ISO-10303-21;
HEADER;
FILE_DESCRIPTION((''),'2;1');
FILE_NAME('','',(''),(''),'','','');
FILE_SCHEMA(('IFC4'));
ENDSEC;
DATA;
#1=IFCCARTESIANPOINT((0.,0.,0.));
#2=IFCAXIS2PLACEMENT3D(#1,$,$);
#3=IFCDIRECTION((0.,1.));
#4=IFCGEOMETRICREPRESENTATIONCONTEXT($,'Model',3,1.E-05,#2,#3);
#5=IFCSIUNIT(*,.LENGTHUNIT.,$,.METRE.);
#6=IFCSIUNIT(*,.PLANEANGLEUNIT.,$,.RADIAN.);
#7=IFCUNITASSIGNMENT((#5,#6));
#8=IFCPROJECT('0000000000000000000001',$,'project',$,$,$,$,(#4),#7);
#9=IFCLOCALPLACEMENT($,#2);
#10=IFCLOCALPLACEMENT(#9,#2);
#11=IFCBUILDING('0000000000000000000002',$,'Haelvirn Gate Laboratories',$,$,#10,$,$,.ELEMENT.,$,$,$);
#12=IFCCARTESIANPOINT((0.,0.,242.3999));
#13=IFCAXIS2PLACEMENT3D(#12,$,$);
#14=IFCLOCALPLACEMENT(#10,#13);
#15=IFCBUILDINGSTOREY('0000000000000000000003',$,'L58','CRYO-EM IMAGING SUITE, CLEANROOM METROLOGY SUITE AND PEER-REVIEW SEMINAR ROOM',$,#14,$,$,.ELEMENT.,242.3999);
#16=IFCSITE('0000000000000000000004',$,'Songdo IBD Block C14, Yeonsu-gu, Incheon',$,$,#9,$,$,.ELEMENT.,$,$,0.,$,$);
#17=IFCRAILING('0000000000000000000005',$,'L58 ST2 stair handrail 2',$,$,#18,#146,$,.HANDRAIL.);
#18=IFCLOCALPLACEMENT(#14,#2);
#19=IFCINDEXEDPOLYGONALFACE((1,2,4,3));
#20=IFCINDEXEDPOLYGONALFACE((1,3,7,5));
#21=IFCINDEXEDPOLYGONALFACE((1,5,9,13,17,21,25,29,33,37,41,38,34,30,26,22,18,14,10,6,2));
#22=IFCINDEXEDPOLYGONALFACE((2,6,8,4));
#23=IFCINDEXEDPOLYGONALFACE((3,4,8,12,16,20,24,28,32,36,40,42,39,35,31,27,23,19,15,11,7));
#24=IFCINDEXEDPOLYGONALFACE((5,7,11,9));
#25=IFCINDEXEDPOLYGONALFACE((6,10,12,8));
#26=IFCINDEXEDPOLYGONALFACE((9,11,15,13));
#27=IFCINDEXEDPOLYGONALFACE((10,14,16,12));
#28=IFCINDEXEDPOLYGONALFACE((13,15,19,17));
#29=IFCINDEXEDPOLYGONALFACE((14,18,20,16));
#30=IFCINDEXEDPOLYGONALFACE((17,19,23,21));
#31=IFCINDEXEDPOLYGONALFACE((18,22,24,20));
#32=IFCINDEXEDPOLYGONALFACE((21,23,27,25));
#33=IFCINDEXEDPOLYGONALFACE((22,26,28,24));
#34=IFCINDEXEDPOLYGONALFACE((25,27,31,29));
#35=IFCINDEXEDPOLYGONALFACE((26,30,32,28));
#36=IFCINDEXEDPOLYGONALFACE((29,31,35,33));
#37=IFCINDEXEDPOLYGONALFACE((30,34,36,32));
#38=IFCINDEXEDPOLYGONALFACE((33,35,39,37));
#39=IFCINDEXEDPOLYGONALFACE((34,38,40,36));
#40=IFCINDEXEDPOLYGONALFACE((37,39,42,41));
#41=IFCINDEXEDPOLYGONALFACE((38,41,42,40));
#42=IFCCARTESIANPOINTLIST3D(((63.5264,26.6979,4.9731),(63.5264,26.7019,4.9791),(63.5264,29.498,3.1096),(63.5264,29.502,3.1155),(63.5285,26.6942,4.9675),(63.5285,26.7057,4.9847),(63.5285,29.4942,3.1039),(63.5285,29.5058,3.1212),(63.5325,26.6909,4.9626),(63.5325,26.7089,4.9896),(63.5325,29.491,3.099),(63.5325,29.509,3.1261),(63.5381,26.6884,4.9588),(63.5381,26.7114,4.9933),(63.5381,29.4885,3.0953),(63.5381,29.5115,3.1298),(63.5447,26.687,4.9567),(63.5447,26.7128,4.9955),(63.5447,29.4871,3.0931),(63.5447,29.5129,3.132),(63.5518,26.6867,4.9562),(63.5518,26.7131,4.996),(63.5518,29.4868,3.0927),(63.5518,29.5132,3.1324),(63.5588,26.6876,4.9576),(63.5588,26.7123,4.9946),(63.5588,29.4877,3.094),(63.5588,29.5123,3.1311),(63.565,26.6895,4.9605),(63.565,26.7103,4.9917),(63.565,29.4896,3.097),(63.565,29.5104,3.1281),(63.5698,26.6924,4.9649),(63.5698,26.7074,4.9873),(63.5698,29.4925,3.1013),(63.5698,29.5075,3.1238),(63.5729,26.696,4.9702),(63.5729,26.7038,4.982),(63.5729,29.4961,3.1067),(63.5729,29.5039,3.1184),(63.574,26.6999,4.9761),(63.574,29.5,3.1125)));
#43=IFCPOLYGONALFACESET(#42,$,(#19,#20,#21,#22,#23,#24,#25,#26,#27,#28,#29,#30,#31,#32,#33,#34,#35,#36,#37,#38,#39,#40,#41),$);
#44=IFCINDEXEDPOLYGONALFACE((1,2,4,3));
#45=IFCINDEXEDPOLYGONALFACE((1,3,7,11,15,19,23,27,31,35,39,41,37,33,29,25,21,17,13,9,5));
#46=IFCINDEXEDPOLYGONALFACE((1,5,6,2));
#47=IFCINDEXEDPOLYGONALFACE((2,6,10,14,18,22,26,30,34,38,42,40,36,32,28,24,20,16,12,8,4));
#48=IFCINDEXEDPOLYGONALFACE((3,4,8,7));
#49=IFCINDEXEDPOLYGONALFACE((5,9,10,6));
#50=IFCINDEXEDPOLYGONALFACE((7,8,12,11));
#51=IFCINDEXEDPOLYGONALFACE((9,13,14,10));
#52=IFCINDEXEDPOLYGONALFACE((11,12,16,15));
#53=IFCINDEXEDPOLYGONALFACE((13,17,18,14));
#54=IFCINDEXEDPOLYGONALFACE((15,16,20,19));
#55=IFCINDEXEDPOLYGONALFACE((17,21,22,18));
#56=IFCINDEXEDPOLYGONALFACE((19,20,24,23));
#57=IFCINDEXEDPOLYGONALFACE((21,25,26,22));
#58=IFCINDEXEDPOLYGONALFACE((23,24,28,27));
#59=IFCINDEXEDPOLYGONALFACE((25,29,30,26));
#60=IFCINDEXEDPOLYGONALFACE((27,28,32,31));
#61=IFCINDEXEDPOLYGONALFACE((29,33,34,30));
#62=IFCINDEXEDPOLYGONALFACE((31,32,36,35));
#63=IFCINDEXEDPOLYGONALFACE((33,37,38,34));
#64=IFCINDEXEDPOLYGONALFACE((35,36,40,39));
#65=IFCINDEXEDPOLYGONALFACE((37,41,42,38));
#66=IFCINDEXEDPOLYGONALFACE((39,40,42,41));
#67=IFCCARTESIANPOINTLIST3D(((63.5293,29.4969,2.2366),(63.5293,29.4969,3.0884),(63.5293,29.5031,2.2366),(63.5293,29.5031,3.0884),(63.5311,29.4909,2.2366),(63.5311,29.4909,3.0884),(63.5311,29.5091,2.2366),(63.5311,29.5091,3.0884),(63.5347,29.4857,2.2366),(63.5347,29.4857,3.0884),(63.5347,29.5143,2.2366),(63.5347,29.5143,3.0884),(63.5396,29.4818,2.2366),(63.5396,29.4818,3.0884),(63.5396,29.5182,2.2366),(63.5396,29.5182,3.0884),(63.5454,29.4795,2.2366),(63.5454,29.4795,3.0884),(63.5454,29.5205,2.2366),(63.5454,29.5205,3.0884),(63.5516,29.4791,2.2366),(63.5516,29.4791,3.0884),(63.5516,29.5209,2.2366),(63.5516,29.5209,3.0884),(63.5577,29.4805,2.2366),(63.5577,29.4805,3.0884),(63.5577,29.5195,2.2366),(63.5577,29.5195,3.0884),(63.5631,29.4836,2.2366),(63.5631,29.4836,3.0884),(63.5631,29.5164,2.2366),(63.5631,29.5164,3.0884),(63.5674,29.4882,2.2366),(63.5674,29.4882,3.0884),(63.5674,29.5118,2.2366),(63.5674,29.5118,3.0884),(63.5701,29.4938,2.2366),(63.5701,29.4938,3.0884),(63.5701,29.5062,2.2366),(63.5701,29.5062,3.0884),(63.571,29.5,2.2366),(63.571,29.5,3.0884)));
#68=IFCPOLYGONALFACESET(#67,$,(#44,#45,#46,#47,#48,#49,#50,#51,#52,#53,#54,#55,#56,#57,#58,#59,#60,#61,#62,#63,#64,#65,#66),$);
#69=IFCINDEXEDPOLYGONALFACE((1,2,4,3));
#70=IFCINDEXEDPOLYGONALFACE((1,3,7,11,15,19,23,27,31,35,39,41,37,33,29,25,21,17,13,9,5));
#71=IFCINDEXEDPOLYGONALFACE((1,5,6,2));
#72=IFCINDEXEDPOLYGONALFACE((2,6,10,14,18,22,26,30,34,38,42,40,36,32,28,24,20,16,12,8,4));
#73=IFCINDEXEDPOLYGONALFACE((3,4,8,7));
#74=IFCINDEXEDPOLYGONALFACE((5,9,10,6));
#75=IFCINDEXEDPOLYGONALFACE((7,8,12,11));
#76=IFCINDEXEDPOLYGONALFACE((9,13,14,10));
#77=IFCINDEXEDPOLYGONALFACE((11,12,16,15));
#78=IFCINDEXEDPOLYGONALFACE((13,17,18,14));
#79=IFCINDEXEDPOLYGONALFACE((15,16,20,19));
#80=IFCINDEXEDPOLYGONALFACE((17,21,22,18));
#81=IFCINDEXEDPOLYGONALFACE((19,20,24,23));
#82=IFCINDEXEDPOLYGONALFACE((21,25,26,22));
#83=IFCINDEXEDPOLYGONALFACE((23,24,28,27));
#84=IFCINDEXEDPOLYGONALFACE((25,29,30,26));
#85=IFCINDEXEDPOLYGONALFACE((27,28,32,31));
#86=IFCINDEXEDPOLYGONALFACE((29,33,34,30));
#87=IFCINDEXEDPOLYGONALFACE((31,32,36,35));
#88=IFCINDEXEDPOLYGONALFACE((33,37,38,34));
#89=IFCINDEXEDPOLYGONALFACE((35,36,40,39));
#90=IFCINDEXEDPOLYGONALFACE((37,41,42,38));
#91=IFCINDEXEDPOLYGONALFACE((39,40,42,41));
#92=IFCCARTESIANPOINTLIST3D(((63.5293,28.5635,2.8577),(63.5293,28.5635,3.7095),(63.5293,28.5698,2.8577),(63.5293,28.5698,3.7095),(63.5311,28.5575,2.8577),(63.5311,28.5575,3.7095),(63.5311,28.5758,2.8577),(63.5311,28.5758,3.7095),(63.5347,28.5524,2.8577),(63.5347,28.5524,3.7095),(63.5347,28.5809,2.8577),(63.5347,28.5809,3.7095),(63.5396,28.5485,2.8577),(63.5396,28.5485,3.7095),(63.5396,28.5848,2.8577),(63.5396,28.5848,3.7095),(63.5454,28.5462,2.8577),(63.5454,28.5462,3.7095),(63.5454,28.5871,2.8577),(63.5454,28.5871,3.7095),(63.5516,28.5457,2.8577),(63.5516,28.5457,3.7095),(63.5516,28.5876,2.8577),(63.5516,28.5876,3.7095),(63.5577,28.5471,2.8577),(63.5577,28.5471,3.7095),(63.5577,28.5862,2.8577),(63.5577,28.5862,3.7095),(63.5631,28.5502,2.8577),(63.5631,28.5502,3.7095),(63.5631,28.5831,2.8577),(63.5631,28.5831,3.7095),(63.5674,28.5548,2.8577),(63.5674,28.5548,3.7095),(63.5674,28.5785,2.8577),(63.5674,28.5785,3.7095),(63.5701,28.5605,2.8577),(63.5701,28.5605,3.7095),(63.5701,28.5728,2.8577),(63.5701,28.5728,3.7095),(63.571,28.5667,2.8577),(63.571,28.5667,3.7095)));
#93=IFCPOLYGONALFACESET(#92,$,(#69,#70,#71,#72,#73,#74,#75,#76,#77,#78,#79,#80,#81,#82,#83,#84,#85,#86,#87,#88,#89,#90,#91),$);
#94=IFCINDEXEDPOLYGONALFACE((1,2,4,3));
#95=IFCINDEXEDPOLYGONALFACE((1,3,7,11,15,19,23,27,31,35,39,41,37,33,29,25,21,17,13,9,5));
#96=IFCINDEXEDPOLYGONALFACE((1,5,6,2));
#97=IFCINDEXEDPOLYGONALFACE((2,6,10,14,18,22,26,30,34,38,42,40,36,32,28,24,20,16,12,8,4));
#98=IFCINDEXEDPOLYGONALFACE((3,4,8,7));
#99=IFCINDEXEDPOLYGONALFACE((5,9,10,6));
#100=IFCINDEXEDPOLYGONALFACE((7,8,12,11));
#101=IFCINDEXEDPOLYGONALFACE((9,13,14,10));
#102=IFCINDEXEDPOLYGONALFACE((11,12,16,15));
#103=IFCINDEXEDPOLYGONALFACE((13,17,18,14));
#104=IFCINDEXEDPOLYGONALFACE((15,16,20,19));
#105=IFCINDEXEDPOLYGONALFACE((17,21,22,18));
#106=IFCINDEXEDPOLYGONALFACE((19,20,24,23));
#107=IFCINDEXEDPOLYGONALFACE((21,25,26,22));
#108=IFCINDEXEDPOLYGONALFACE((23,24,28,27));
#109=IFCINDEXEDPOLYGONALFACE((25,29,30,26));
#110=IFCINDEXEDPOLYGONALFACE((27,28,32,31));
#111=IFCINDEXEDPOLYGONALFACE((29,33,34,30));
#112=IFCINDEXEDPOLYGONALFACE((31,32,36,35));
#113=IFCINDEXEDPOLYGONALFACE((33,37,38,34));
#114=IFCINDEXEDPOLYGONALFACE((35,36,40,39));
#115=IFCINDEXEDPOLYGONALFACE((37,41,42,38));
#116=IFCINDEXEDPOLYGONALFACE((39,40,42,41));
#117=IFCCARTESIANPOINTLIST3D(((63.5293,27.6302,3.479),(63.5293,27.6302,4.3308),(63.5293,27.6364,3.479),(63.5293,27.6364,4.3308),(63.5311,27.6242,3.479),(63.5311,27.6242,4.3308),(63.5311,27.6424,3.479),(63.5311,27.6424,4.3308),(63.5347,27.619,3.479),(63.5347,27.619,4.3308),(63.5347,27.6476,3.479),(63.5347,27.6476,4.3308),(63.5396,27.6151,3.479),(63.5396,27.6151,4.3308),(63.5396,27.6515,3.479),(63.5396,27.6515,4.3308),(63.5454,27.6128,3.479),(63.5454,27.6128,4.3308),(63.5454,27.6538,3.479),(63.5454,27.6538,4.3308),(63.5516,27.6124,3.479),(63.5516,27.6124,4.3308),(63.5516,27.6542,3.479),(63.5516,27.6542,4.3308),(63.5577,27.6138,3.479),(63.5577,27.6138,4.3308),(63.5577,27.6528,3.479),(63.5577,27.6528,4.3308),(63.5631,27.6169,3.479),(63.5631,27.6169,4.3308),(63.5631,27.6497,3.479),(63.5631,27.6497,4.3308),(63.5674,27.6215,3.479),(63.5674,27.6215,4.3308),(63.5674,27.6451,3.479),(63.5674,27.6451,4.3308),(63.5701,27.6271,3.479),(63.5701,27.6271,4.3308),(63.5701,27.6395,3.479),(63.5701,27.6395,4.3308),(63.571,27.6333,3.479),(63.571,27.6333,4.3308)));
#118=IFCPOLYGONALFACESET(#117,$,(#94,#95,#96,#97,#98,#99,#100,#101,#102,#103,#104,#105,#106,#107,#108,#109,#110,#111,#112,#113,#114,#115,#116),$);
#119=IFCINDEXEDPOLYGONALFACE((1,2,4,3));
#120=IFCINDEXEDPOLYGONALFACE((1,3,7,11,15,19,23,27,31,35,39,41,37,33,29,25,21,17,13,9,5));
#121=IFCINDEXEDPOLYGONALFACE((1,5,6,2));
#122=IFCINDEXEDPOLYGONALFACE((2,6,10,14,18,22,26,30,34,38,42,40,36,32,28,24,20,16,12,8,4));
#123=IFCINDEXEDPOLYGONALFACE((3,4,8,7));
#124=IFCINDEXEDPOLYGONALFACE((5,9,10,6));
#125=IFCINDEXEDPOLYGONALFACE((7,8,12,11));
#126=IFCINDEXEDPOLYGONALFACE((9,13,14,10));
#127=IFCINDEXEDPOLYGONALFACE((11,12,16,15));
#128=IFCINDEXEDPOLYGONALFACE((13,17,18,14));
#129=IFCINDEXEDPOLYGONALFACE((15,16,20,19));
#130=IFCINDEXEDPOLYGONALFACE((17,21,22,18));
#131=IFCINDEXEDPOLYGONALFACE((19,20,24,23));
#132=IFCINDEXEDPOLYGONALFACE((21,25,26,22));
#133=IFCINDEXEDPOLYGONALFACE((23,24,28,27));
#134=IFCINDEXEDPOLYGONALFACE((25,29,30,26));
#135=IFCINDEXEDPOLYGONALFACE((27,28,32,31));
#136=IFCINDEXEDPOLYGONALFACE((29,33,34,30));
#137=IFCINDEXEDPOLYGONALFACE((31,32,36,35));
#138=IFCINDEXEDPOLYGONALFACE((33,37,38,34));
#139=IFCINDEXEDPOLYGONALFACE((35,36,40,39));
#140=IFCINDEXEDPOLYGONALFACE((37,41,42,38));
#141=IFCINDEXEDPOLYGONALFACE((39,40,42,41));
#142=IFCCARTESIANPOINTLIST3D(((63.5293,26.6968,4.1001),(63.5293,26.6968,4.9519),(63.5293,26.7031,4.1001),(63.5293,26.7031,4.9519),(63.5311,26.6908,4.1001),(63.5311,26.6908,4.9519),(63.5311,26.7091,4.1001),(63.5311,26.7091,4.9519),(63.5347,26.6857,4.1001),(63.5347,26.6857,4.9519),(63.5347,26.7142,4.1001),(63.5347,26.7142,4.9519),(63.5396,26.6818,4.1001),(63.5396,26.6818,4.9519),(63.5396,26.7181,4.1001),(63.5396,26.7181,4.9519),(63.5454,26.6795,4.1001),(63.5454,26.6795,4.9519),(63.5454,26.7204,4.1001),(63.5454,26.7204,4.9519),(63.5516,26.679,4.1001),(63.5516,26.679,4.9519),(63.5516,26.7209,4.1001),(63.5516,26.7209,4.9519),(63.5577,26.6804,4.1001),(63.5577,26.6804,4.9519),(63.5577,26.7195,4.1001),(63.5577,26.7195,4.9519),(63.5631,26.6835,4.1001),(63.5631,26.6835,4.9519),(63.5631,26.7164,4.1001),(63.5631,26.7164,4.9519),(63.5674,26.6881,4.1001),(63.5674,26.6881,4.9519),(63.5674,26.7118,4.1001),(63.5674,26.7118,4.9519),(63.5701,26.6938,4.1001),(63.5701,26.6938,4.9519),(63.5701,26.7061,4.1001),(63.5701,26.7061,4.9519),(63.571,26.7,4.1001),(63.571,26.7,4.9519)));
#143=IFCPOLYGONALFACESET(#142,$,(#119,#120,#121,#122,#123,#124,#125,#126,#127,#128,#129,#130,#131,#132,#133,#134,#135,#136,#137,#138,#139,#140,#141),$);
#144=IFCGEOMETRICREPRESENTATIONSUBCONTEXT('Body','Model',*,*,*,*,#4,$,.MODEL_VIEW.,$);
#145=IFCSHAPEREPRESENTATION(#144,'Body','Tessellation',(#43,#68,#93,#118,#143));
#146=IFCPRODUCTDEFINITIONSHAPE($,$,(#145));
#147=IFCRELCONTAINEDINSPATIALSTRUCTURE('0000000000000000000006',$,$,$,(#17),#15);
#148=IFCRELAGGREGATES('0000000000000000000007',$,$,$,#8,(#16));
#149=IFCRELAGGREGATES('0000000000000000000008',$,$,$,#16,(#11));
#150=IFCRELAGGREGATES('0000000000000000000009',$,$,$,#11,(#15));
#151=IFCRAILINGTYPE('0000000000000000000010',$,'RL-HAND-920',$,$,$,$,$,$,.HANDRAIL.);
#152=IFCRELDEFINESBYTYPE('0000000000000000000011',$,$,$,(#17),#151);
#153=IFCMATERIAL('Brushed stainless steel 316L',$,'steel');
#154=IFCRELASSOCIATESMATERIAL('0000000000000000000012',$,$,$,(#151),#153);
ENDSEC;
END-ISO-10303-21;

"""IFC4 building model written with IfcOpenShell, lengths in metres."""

from ifc_helpers import new_model, si_unit, direction, frame, origin, origin_2d, place, context, subcontext, project, spatial, circle, extrude, source, transform, mapped, material, type_object, element, save


model = new_model("IFC4")

# Units and contexts
model_context = context("Model", 3, precision=1e-05, world=origin(), true_north=direction((0.0, 1.0)))
body_context = subcontext(model_context, "Body", "Model", "MODEL_VIEW")
ifc_project = project(units=[si_unit("LENGTHUNIT", "METRE"), si_unit("PLANEANGLEUNIT", "RADIAN")], contexts=[model_context])

# Site, building, storey
site_placement = place(None, origin())
site = spatial("IfcSite", under=ifc_project, at=site_placement, Name="Songdo IBD Block C14, Yeonsu-gu, Incheon", CompositionType="ELEMENT", RefElevation=0.0)
building_placement = place(site_placement, origin())
building = spatial("IfcBuilding", under=site, at=building_placement, Name="Haelvirn Gate Laboratories", CompositionType="ELEMENT")
storey_placement = place(building_placement, frame((0.0, 0.0, 242.3999)))
storey = spatial("IfcBuildingStorey", under=building, at=storey_placement, Name="L58", Description="CRYO-EM IMAGING SUITE, CLEANROOM METROLOGY SUITE AND PEER-REVIEW SEMINAR ROOM", CompositionType="ELEMENT", Elevation=242.3999)

# Railing
ifc_material_1 = material(Name="Brushed stainless steel 316L", Category="steel")
railing_type_1 = type_object("IfcRailingType", Name="RL-HAND-920", PredefinedType="HANDRAIL", material=ifc_material_1)
shared_shape_1 = source(origin(), body_context, "Body", "SweptSolid", [
    extrude(circle(Radius=0.0239, at=origin_2d()), frame((0.0, 0.0, 0.876), z_axis=(0.0, -0.832486, 0.554047), x_axis=(1.0, 0.0, 0.0)), (0.0, 0.0, 1.0), 3.3635),
    extrude(circle(Radius=0.021, at=origin_2d()), origin(), (0.0, 0.0, 1.0), 0.8518),
    extrude(circle(Radius=0.021, at=origin_2d()), frame((0.0, -0.9333, 0.6211)), (0.0, 0.0, 1.0), 0.8518),
    extrude(circle(Radius=0.021, at=origin_2d()), frame((0.0, -1.8667, 1.2424)), (0.0, 0.0, 1.0), 0.8518),
    extrude(circle(Radius=0.021, at=origin_2d()), frame((0.0, -2.8, 1.8635)), (0.0, 0.0, 1.0), 0.8518),
])
railing_1_placement = place(storey_placement, frame((63.55, 29.5, 2.2366)))
element("IfcRailing", 1, at=railing_1_placement, inside=storey, type_object=railing_type_1, Name="L58 ST2 stair handrail 2", PredefinedType="HANDRAIL", context=body_context, shape_type="MappedRepresentation", body=[
    mapped(shared_shape_1, transform((0.0, 0.0, 0.0), scale=1.0)),
])

save(model, "model.ifc")
